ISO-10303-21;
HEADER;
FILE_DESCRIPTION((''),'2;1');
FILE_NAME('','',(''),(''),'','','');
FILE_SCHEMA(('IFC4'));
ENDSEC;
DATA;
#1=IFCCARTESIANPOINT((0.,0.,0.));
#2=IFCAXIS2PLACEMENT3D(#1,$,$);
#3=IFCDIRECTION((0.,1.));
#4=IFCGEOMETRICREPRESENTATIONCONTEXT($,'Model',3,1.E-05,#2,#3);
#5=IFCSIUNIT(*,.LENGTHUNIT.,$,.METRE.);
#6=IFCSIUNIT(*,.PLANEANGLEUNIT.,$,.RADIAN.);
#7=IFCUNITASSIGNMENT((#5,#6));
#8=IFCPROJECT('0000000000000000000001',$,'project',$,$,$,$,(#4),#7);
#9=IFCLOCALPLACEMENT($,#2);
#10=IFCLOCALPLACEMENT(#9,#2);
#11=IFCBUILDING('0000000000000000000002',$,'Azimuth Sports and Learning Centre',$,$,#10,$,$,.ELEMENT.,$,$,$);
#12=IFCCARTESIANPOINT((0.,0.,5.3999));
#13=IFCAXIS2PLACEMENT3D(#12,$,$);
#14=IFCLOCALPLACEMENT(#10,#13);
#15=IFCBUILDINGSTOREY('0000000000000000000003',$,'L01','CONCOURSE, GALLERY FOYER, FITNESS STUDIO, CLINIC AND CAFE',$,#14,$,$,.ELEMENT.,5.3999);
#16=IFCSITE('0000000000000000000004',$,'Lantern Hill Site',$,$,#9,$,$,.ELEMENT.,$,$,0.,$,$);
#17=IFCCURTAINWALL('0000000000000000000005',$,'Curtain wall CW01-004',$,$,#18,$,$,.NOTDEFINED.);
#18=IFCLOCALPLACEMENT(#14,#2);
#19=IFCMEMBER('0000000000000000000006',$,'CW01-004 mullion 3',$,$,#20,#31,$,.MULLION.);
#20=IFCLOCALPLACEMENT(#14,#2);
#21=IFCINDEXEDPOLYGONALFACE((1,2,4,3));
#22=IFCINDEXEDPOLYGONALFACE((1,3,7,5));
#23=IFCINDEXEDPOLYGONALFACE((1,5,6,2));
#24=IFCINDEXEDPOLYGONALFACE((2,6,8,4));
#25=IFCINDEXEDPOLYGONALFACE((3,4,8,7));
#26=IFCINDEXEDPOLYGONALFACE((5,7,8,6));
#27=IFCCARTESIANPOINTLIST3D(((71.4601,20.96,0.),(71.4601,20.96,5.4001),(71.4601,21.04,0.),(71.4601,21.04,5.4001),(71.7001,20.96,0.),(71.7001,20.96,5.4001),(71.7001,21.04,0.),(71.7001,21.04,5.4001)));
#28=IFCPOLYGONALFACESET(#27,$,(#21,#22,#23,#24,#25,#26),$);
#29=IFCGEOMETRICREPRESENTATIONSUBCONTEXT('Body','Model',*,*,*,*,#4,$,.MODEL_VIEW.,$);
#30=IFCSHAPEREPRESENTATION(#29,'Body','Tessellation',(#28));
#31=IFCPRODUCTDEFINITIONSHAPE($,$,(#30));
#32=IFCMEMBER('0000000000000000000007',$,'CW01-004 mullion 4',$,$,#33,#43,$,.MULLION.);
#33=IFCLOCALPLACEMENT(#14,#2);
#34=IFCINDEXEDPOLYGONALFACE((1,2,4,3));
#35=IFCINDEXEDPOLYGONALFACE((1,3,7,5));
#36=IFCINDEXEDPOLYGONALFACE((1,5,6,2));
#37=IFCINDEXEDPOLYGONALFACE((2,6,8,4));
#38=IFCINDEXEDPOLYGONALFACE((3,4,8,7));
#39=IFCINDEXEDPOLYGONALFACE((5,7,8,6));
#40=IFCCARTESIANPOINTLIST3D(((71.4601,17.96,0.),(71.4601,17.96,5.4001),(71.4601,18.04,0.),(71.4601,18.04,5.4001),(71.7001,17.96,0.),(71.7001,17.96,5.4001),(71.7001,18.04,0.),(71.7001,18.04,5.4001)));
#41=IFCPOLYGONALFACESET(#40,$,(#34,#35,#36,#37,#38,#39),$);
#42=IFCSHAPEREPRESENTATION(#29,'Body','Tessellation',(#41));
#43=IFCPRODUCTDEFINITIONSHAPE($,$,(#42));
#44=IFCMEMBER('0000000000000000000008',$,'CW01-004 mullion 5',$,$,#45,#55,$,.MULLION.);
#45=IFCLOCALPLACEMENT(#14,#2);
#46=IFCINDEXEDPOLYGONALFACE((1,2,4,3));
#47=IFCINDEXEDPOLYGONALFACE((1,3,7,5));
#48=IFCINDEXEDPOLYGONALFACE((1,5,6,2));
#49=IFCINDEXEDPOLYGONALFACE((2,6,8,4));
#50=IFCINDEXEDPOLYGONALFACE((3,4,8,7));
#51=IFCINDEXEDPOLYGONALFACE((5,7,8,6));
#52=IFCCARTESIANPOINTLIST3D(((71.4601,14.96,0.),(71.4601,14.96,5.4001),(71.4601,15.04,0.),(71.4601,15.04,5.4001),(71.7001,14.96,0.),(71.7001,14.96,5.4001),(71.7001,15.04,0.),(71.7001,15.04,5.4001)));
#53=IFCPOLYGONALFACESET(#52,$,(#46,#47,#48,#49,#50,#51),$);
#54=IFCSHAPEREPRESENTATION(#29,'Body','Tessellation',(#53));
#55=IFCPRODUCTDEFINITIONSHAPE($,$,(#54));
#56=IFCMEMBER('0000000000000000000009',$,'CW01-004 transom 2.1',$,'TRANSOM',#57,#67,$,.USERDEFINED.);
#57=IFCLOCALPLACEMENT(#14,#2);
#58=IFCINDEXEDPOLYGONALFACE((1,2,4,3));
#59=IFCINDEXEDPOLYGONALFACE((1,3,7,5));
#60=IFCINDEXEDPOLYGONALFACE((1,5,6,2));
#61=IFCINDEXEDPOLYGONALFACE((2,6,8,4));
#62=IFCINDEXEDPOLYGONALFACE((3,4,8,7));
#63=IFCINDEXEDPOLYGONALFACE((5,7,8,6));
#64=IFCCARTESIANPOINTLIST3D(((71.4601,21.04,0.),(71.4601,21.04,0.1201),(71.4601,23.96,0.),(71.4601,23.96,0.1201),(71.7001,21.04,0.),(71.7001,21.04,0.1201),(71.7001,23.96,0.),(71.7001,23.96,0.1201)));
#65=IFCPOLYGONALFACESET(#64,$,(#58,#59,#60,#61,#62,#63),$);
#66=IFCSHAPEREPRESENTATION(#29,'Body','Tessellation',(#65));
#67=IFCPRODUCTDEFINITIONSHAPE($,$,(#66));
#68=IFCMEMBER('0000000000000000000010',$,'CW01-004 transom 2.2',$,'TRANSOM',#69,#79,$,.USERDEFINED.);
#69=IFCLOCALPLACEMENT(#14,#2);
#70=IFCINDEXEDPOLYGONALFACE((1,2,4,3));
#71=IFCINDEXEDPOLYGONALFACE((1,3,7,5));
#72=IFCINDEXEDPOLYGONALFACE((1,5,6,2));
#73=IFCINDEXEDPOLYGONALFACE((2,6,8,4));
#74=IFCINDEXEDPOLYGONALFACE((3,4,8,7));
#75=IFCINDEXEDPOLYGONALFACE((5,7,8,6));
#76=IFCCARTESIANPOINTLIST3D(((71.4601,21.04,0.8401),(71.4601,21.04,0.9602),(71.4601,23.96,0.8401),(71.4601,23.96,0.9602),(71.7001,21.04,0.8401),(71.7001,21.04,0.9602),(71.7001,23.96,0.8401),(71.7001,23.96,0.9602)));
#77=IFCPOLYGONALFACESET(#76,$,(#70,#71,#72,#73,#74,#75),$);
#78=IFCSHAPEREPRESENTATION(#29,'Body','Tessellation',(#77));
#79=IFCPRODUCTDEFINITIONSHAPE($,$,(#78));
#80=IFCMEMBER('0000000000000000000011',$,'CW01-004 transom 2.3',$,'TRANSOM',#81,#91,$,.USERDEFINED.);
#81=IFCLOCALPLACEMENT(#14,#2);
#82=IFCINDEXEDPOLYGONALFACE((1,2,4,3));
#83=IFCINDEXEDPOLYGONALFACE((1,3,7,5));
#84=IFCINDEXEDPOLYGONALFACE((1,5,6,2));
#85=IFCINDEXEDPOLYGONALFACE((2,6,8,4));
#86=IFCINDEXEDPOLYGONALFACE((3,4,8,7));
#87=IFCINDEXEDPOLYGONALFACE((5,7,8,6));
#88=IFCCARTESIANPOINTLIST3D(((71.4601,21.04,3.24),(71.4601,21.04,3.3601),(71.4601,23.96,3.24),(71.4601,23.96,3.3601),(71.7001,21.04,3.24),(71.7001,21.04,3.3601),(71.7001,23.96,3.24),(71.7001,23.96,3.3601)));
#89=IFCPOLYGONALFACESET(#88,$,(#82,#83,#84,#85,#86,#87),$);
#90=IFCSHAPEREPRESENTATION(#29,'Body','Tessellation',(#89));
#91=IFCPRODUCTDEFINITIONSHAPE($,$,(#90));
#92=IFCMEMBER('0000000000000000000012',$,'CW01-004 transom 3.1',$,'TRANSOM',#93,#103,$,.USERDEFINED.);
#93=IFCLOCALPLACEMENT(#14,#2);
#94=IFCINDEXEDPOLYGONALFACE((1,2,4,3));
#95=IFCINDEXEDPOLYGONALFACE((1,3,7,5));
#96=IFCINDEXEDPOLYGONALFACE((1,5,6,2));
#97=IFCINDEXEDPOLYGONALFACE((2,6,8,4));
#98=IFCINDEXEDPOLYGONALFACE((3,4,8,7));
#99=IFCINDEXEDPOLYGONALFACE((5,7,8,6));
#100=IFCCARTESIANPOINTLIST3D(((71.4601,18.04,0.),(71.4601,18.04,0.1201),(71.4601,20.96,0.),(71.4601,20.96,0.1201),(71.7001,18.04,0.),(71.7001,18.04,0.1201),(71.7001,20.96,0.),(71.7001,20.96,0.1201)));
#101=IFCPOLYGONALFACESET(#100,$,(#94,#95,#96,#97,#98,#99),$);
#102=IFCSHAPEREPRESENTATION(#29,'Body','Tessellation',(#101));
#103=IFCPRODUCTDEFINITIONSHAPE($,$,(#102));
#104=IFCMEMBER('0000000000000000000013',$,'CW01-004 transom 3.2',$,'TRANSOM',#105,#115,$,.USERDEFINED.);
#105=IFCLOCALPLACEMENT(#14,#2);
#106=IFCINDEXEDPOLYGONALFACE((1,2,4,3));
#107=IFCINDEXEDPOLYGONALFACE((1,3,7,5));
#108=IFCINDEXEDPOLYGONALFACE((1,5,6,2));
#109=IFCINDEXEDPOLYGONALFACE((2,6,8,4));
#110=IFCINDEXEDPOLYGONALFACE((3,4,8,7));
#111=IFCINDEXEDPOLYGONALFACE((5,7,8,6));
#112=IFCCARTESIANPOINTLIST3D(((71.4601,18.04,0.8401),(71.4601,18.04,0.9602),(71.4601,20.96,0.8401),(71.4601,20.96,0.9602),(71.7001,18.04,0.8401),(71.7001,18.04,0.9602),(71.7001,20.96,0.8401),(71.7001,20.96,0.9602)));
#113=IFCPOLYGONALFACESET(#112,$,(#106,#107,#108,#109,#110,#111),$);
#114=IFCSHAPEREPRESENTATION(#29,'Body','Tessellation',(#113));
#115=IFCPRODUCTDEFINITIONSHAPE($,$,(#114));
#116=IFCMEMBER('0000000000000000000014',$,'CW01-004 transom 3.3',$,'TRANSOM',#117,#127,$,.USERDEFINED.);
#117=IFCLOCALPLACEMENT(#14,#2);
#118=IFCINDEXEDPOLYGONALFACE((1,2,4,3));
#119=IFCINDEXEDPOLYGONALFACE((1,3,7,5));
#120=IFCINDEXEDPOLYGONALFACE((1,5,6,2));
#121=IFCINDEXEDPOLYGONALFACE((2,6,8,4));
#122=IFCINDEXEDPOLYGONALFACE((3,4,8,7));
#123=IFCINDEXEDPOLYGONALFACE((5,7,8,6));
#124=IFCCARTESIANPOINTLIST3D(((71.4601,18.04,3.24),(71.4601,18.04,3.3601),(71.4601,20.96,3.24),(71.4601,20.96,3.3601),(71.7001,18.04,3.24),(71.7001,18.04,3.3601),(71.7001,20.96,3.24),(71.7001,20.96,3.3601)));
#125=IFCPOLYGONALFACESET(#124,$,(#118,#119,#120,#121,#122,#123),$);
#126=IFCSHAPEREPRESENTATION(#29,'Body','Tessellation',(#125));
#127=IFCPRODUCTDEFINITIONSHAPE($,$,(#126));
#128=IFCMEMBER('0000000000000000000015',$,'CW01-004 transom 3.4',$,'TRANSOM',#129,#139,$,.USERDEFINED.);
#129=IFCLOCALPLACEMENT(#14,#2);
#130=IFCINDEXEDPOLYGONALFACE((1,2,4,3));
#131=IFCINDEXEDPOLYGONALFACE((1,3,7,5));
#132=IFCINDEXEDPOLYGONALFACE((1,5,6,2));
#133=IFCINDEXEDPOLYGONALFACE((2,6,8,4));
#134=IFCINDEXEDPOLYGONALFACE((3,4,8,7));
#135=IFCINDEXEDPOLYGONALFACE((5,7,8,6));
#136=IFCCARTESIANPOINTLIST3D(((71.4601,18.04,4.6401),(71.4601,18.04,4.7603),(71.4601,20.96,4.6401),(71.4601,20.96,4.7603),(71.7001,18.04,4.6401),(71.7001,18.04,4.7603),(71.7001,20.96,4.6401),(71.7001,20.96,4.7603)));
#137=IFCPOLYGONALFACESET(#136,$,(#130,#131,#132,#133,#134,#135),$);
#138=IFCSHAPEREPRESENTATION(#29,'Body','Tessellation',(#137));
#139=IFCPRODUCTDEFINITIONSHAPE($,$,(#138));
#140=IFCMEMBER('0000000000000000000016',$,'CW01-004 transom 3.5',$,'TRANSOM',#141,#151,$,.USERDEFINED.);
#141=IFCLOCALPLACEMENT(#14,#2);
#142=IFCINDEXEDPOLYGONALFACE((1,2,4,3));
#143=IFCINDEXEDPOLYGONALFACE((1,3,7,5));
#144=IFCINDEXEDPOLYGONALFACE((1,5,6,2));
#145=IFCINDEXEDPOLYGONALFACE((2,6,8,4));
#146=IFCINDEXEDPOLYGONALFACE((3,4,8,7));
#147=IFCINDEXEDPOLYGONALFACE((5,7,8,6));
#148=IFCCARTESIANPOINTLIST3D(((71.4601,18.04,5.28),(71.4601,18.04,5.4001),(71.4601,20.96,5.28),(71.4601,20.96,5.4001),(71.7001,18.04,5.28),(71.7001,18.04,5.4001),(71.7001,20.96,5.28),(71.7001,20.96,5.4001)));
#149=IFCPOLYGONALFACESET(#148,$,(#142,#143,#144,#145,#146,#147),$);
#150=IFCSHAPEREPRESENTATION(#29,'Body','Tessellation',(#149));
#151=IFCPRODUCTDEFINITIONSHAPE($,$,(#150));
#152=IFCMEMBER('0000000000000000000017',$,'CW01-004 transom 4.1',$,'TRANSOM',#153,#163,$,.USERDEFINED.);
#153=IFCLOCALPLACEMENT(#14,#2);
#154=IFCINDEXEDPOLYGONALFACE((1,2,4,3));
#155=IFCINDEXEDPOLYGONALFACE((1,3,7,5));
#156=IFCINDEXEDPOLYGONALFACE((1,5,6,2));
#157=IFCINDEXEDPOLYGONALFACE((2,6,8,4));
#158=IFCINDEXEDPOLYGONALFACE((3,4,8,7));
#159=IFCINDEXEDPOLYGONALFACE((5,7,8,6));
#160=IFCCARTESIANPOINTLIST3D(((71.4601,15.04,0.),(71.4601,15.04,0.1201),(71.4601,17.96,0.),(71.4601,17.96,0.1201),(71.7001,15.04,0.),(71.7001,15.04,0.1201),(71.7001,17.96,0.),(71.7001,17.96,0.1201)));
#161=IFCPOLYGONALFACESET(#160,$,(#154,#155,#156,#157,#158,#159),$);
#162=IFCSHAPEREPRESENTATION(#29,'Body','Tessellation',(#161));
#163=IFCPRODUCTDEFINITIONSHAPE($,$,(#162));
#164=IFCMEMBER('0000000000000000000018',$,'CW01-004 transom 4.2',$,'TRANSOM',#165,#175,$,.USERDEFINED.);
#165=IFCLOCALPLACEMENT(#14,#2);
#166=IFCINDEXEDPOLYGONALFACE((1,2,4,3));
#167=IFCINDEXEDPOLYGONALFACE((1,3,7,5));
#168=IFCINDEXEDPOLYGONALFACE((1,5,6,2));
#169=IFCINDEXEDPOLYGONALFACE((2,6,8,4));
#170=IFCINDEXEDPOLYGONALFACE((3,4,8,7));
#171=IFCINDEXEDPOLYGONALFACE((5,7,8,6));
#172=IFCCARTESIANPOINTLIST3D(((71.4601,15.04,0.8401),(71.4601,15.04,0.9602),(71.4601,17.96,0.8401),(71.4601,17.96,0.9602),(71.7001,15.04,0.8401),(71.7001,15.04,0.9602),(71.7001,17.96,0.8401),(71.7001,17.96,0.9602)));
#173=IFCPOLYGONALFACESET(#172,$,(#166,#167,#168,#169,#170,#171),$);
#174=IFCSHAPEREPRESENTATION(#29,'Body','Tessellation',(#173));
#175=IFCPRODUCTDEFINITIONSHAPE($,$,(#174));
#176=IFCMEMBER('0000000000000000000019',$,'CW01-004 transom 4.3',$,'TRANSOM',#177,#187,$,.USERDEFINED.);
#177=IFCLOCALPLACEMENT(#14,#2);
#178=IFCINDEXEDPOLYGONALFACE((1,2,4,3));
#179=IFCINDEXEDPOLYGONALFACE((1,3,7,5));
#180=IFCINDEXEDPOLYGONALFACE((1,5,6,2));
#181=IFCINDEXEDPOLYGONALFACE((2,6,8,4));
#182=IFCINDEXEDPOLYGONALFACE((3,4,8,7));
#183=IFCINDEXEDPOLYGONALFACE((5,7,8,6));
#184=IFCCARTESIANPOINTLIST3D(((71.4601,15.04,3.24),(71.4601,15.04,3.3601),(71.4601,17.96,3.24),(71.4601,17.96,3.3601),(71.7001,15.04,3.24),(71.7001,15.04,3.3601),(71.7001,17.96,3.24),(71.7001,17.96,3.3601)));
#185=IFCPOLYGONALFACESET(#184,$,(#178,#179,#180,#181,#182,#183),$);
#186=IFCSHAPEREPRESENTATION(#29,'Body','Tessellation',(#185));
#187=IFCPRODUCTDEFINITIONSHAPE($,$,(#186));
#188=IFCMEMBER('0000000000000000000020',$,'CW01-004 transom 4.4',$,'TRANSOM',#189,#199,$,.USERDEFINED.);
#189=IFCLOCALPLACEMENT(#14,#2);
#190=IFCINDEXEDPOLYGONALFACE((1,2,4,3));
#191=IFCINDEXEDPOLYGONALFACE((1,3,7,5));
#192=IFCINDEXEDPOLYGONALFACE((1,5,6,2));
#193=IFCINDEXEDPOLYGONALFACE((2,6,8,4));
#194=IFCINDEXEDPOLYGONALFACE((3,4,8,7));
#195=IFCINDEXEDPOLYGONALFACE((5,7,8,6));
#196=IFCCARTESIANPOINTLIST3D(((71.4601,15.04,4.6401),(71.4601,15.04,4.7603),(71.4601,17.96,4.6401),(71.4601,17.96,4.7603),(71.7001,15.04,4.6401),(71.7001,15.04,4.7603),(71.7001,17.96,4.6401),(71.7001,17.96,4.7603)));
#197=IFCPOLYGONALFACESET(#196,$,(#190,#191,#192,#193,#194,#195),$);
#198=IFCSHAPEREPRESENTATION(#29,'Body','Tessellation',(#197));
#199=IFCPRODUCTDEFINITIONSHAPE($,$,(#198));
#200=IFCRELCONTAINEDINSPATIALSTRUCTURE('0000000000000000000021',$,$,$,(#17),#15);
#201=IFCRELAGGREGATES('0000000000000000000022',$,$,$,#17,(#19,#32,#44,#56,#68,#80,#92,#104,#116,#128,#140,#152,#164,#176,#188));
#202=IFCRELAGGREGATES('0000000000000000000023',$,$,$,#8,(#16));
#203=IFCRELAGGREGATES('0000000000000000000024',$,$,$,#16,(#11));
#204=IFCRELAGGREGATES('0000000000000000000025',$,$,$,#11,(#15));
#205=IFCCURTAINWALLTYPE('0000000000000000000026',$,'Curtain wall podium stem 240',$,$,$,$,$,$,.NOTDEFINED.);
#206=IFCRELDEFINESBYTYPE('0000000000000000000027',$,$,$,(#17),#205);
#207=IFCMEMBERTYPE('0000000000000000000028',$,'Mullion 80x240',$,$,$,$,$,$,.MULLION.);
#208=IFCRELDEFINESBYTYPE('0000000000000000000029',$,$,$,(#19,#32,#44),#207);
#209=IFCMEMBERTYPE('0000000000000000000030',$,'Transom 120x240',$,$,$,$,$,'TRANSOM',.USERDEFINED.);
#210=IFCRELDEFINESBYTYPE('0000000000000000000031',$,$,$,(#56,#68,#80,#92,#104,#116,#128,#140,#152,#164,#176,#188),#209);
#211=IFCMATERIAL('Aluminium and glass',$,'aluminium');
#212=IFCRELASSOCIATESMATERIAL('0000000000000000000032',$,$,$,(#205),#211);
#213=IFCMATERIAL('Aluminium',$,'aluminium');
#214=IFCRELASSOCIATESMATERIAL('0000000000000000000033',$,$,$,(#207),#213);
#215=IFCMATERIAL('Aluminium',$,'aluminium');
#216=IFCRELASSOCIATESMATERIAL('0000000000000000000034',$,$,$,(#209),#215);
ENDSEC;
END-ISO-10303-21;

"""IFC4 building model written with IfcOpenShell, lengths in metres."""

from ifc_helpers import new_model, si_unit, direction, frame, origin, origin_2d, place, context, subcontext, project, spatial, rectangle, extrude, material, material_profile, profile_set, type_object, element, aggregate, save


model = new_model("IFC4")

# Units and contexts
model_context = context("Model", 3, precision=1e-05, world=origin(), true_north=direction((0.0, 1.0)))
body_context = subcontext(model_context, "Body", "Model", "MODEL_VIEW")
ifc_project = project(units=[si_unit("LENGTHUNIT", "METRE"), si_unit("PLANEANGLEUNIT", "RADIAN")], contexts=[model_context])

# Site, building, storey
site_placement = place(None, origin())
site = spatial("IfcSite", under=ifc_project, at=site_placement, Name="Lantern Hill Site", CompositionType="ELEMENT", RefElevation=0.0)
building_placement = place(site_placement, origin())
building = spatial("IfcBuilding", under=site, at=building_placement, Name="Azimuth Sports and Learning Centre", CompositionType="ELEMENT")
storey_placement = place(building_placement, frame((0.0, 0.0, 5.3999)))
storey = spatial("IfcBuildingStorey", under=building, at=storey_placement, Name="L01", Description="CONCOURSE, GALLERY FOYER, FITNESS STUDIO, CLINIC AND CAFE", CompositionType="ELEMENT", Elevation=5.3999)

# Curtain wall, members
ifc_material_1 = material(Name="Aluminium and glass", Category="aluminium")
curtain_wall_type = type_object("IfcCurtainWallType", Name="Curtain wall podium stem 240", PredefinedType="NOTDEFINED", material=ifc_material_1)
curtain_wall_placement = place(storey_placement, origin())
curtain_wall = element("IfcCurtainWall", 1, at=curtain_wall_placement, inside=storey, type_object=curtain_wall_type, Name="Curtain wall CW01-004", PredefinedType="NOTDEFINED")
ifc_material_2 = material(Name="Aluminium", Category="aluminium")
ifc_material_profile_1 = material_profile(ifc_material_2, rectangle(XDim=0.24, YDim=0.0801, at=origin_2d()), Name="Mullion 80x240")
ifc_profile_set_1 = profile_set([ifc_material_profile_1], Name="Aluminium")
member_type_1 = type_object("IfcMemberType", Name="Mullion 80x240", PredefinedType="MULLION", material=ifc_profile_set_1)
member_1_placement = place(storey_placement, frame((71.5801, 21.0, 0.0), z_axis=(0.0, 0.0, 1.0), x_axis=(1.0, 0.0, 0.0)))
member_1 = element("IfcMember", 2, at=member_1_placement, type_object=member_type_1, Name="CW01-004 mullion 3", PredefinedType="MULLION", context=body_context, shape_type="SweptSolid", body=[
    extrude(rectangle(XDim=0.24, YDim=0.0801, at=origin_2d()), origin(), (0.0, 0.0, 1.0), 5.4001),
])
member_2_placement = place(storey_placement, frame((71.5801, 18.0, 0.0), z_axis=(0.0, 0.0, 1.0), x_axis=(1.0, 0.0, 0.0)))
member_2 = element("IfcMember", 3, at=member_2_placement, type_object=member_type_1, Name="CW01-004 mullion 4", PredefinedType="MULLION", context=body_context, shape_type="SweptSolid", body=[
    extrude(rectangle(XDim=0.24, YDim=0.0801, at=origin_2d()), origin(), (0.0, 0.0, 1.0), 5.4001),
])
member_3_placement = place(storey_placement, frame((71.5801, 15.0, 0.0), z_axis=(0.0, 0.0, 1.0), x_axis=(1.0, 0.0, 0.0)))
member_3 = element("IfcMember", 4, at=member_3_placement, type_object=member_type_1, Name="CW01-004 mullion 5", PredefinedType="MULLION", context=body_context, shape_type="SweptSolid", body=[
    extrude(rectangle(XDim=0.24, YDim=0.0801, at=origin_2d()), origin(), (0.0, 0.0, 1.0), 5.4001),
])
ifc_material_3 = material(Name="Aluminium", Category="aluminium")
ifc_material_profile_2 = material_profile(ifc_material_3, rectangle(XDim=0.24, YDim=0.1201, at=origin_2d()), Name="Transom 120x240")
ifc_profile_set_2 = profile_set([ifc_material_profile_2], Name="Aluminium")
member_type_2 = type_object("IfcMemberType", Name="Transom 120x240", ElementType="TRANSOM", PredefinedType="USERDEFINED", material=ifc_profile_set_2)
member_4_placement = place(storey_placement, frame((71.5801, 23.96, 0.0601), z_axis=(0.0, -1.0, 0.0), x_axis=(1.0, 0.0, 0.0)))
member_4 = element("IfcMember", 5, at=member_4_placement, type_object=member_type_2, Name="CW01-004 transom 2.1", ObjectType="TRANSOM", PredefinedType="USERDEFINED", context=body_context, shape_type="SweptSolid", body=[
    extrude(rectangle(XDim=0.24, YDim=0.1201, at=origin_2d()), origin(), (0.0, 0.0, 1.0), 2.9199),
])
member_5_placement = place(storey_placement, frame((71.5801, 23.96, 0.9001), z_axis=(0.0, -1.0, 0.0), x_axis=(1.0, 0.0, 0.0)))
member_5 = element("IfcMember", 6, at=member_5_placement, type_object=member_type_2, Name="CW01-004 transom 2.2", ObjectType="TRANSOM", PredefinedType="USERDEFINED", context=body_context, shape_type="SweptSolid", body=[
    extrude(rectangle(XDim=0.24, YDim=0.1201, at=origin_2d()), origin(), (0.0, 0.0, 1.0), 2.9199),
])
member_6_placement = place(storey_placement, frame((71.5801, 23.96, 3.3), z_axis=(0.0, -1.0, 0.0), x_axis=(1.0, 0.0, 0.0)))
member_6 = element("IfcMember", 7, at=member_6_placement, type_object=member_type_2, Name="CW01-004 transom 2.3", ObjectType="TRANSOM", PredefinedType="USERDEFINED", context=body_context, shape_type="SweptSolid", body=[
    extrude(rectangle(XDim=0.24, YDim=0.1201, at=origin_2d()), origin(), (0.0, 0.0, 1.0), 2.9199),
])
member_7_placement = place(storey_placement, frame((71.5801, 20.96, 0.0601), z_axis=(0.0, -1.0, 0.0), x_axis=(1.0, 0.0, 0.0)))
member_7 = element("IfcMember", 8, at=member_7_placement, type_object=member_type_2, Name="CW01-004 transom 3.1", ObjectType="TRANSOM", PredefinedType="USERDEFINED", context=body_context, shape_type="SweptSolid", body=[
    extrude(rectangle(XDim=0.24, YDim=0.1201, at=origin_2d()), origin(), (0.0, 0.0, 1.0), 2.9199),
])
member_8_placement = place(storey_placement, frame((71.5801, 20.96, 0.9001), z_axis=(0.0, -1.0, 0.0), x_axis=(1.0, 0.0, 0.0)))
member_8 = element("IfcMember", 9, at=member_8_placement, type_object=member_type_2, Name="CW01-004 transom 3.2", ObjectType="TRANSOM", PredefinedType="USERDEFINED", context=body_context, shape_type="SweptSolid", body=[
    extrude(rectangle(XDim=0.24, YDim=0.1201, at=origin_2d()), origin(), (0.0, 0.0, 1.0), 2.9199),
])
member_9_placement = place(storey_placement, frame((71.5801, 20.96, 3.3), z_axis=(0.0, -1.0, 0.0), x_axis=(1.0, 0.0, 0.0)))
member_9 = element("IfcMember", 10, at=member_9_placement, type_object=member_type_2, Name="CW01-004 transom 3.3", ObjectType="TRANSOM", PredefinedType="USERDEFINED", context=body_context, shape_type="SweptSolid", body=[
    extrude(rectangle(XDim=0.24, YDim=0.1201, at=origin_2d()), origin(), (0.0, 0.0, 1.0), 2.9199),
])
member_10_placement = place(storey_placement, frame((71.5801, 20.96, 4.7002), z_axis=(0.0, -1.0, 0.0), x_axis=(1.0, 0.0, 0.0)))
member_10 = element("IfcMember", 11, at=member_10_placement, type_object=member_type_2, Name="CW01-004 transom 3.4", ObjectType="TRANSOM", PredefinedType="USERDEFINED", context=body_context, shape_type="SweptSolid", body=[
    extrude(rectangle(XDim=0.24, YDim=0.1201, at=origin_2d()), origin(), (0.0, 0.0, 1.0), 2.9199),
])
member_11_placement = place(storey_placement, frame((71.5801, 20.96, 5.3401), z_axis=(0.0, -1.0, 0.0), x_axis=(1.0, 0.0, 0.0)))
member_11 = element("IfcMember", 12, at=member_11_placement, type_object=member_type_2, Name="CW01-004 transom 3.5", ObjectType="TRANSOM", PredefinedType="USERDEFINED", context=body_context, shape_type="SweptSolid", body=[
    extrude(rectangle(XDim=0.24, YDim=0.1201, at=origin_2d()), origin(), (0.0, 0.0, 1.0), 2.9199),
])
member_12_placement = place(storey_placement, frame((71.5801, 17.96, 0.0601), z_axis=(0.0, -1.0, 0.0), x_axis=(1.0, 0.0, 0.0)))
member_12 = element("IfcMember", 13, at=member_12_placement, type_object=member_type_2, Name="CW01-004 transom 4.1", ObjectType="TRANSOM", PredefinedType="USERDEFINED", context=body_context, shape_type="SweptSolid", body=[
    extrude(rectangle(XDim=0.24, YDim=0.1201, at=origin_2d()), origin(), (0.0, 0.0, 1.0), 2.9199),
])
member_13_placement = place(storey_placement, frame((71.5801, 17.96, 0.9001), z_axis=(0.0, -1.0, 0.0), x_axis=(1.0, 0.0, 0.0)))
member_13 = element("IfcMember", 14, at=member_13_placement, type_object=member_type_2, Name="CW01-004 transom 4.2", ObjectType="TRANSOM", PredefinedType="USERDEFINED", context=body_context, shape_type="SweptSolid", body=[
    extrude(rectangle(XDim=0.24, YDim=0.1201, at=origin_2d()), origin(), (0.0, 0.0, 1.0), 2.9199),
])
member_14_placement = place(storey_placement, frame((71.5801, 17.96, 3.3), z_axis=(0.0, -1.0, 0.0), x_axis=(1.0, 0.0, 0.0)))
member_14 = element("IfcMember", 15, at=member_14_placement, type_object=member_type_2, Name="CW01-004 transom 4.3", ObjectType="TRANSOM", PredefinedType="USERDEFINED", context=body_context, shape_type="SweptSolid", body=[
    extrude(rectangle(XDim=0.24, YDim=0.1201, at=origin_2d()), origin(), (0.0, 0.0, 1.0), 2.9199),
])
member_15_placement = place(storey_placement, frame((71.5801, 17.96, 4.7002), z_axis=(0.0, -1.0, 0.0), x_axis=(1.0, 0.0, 0.0)))
member_15 = element("IfcMember", 16, at=member_15_placement, type_object=member_type_2, Name="CW01-004 transom 4.4", ObjectType="TRANSOM", PredefinedType="USERDEFINED", context=body_context, shape_type="SweptSolid", body=[
    extrude(rectangle(XDim=0.24, YDim=0.1201, at=origin_2d()), origin(), (0.0, 0.0, 1.0), 2.9199),
])
aggregate(curtain_wall, [member_1, member_2, member_3, member_4, member_5, member_6, member_7, member_8, member_9, member_10, member_11, member_12, member_13, member_14, member_15])

save(model, "model.ifc")
